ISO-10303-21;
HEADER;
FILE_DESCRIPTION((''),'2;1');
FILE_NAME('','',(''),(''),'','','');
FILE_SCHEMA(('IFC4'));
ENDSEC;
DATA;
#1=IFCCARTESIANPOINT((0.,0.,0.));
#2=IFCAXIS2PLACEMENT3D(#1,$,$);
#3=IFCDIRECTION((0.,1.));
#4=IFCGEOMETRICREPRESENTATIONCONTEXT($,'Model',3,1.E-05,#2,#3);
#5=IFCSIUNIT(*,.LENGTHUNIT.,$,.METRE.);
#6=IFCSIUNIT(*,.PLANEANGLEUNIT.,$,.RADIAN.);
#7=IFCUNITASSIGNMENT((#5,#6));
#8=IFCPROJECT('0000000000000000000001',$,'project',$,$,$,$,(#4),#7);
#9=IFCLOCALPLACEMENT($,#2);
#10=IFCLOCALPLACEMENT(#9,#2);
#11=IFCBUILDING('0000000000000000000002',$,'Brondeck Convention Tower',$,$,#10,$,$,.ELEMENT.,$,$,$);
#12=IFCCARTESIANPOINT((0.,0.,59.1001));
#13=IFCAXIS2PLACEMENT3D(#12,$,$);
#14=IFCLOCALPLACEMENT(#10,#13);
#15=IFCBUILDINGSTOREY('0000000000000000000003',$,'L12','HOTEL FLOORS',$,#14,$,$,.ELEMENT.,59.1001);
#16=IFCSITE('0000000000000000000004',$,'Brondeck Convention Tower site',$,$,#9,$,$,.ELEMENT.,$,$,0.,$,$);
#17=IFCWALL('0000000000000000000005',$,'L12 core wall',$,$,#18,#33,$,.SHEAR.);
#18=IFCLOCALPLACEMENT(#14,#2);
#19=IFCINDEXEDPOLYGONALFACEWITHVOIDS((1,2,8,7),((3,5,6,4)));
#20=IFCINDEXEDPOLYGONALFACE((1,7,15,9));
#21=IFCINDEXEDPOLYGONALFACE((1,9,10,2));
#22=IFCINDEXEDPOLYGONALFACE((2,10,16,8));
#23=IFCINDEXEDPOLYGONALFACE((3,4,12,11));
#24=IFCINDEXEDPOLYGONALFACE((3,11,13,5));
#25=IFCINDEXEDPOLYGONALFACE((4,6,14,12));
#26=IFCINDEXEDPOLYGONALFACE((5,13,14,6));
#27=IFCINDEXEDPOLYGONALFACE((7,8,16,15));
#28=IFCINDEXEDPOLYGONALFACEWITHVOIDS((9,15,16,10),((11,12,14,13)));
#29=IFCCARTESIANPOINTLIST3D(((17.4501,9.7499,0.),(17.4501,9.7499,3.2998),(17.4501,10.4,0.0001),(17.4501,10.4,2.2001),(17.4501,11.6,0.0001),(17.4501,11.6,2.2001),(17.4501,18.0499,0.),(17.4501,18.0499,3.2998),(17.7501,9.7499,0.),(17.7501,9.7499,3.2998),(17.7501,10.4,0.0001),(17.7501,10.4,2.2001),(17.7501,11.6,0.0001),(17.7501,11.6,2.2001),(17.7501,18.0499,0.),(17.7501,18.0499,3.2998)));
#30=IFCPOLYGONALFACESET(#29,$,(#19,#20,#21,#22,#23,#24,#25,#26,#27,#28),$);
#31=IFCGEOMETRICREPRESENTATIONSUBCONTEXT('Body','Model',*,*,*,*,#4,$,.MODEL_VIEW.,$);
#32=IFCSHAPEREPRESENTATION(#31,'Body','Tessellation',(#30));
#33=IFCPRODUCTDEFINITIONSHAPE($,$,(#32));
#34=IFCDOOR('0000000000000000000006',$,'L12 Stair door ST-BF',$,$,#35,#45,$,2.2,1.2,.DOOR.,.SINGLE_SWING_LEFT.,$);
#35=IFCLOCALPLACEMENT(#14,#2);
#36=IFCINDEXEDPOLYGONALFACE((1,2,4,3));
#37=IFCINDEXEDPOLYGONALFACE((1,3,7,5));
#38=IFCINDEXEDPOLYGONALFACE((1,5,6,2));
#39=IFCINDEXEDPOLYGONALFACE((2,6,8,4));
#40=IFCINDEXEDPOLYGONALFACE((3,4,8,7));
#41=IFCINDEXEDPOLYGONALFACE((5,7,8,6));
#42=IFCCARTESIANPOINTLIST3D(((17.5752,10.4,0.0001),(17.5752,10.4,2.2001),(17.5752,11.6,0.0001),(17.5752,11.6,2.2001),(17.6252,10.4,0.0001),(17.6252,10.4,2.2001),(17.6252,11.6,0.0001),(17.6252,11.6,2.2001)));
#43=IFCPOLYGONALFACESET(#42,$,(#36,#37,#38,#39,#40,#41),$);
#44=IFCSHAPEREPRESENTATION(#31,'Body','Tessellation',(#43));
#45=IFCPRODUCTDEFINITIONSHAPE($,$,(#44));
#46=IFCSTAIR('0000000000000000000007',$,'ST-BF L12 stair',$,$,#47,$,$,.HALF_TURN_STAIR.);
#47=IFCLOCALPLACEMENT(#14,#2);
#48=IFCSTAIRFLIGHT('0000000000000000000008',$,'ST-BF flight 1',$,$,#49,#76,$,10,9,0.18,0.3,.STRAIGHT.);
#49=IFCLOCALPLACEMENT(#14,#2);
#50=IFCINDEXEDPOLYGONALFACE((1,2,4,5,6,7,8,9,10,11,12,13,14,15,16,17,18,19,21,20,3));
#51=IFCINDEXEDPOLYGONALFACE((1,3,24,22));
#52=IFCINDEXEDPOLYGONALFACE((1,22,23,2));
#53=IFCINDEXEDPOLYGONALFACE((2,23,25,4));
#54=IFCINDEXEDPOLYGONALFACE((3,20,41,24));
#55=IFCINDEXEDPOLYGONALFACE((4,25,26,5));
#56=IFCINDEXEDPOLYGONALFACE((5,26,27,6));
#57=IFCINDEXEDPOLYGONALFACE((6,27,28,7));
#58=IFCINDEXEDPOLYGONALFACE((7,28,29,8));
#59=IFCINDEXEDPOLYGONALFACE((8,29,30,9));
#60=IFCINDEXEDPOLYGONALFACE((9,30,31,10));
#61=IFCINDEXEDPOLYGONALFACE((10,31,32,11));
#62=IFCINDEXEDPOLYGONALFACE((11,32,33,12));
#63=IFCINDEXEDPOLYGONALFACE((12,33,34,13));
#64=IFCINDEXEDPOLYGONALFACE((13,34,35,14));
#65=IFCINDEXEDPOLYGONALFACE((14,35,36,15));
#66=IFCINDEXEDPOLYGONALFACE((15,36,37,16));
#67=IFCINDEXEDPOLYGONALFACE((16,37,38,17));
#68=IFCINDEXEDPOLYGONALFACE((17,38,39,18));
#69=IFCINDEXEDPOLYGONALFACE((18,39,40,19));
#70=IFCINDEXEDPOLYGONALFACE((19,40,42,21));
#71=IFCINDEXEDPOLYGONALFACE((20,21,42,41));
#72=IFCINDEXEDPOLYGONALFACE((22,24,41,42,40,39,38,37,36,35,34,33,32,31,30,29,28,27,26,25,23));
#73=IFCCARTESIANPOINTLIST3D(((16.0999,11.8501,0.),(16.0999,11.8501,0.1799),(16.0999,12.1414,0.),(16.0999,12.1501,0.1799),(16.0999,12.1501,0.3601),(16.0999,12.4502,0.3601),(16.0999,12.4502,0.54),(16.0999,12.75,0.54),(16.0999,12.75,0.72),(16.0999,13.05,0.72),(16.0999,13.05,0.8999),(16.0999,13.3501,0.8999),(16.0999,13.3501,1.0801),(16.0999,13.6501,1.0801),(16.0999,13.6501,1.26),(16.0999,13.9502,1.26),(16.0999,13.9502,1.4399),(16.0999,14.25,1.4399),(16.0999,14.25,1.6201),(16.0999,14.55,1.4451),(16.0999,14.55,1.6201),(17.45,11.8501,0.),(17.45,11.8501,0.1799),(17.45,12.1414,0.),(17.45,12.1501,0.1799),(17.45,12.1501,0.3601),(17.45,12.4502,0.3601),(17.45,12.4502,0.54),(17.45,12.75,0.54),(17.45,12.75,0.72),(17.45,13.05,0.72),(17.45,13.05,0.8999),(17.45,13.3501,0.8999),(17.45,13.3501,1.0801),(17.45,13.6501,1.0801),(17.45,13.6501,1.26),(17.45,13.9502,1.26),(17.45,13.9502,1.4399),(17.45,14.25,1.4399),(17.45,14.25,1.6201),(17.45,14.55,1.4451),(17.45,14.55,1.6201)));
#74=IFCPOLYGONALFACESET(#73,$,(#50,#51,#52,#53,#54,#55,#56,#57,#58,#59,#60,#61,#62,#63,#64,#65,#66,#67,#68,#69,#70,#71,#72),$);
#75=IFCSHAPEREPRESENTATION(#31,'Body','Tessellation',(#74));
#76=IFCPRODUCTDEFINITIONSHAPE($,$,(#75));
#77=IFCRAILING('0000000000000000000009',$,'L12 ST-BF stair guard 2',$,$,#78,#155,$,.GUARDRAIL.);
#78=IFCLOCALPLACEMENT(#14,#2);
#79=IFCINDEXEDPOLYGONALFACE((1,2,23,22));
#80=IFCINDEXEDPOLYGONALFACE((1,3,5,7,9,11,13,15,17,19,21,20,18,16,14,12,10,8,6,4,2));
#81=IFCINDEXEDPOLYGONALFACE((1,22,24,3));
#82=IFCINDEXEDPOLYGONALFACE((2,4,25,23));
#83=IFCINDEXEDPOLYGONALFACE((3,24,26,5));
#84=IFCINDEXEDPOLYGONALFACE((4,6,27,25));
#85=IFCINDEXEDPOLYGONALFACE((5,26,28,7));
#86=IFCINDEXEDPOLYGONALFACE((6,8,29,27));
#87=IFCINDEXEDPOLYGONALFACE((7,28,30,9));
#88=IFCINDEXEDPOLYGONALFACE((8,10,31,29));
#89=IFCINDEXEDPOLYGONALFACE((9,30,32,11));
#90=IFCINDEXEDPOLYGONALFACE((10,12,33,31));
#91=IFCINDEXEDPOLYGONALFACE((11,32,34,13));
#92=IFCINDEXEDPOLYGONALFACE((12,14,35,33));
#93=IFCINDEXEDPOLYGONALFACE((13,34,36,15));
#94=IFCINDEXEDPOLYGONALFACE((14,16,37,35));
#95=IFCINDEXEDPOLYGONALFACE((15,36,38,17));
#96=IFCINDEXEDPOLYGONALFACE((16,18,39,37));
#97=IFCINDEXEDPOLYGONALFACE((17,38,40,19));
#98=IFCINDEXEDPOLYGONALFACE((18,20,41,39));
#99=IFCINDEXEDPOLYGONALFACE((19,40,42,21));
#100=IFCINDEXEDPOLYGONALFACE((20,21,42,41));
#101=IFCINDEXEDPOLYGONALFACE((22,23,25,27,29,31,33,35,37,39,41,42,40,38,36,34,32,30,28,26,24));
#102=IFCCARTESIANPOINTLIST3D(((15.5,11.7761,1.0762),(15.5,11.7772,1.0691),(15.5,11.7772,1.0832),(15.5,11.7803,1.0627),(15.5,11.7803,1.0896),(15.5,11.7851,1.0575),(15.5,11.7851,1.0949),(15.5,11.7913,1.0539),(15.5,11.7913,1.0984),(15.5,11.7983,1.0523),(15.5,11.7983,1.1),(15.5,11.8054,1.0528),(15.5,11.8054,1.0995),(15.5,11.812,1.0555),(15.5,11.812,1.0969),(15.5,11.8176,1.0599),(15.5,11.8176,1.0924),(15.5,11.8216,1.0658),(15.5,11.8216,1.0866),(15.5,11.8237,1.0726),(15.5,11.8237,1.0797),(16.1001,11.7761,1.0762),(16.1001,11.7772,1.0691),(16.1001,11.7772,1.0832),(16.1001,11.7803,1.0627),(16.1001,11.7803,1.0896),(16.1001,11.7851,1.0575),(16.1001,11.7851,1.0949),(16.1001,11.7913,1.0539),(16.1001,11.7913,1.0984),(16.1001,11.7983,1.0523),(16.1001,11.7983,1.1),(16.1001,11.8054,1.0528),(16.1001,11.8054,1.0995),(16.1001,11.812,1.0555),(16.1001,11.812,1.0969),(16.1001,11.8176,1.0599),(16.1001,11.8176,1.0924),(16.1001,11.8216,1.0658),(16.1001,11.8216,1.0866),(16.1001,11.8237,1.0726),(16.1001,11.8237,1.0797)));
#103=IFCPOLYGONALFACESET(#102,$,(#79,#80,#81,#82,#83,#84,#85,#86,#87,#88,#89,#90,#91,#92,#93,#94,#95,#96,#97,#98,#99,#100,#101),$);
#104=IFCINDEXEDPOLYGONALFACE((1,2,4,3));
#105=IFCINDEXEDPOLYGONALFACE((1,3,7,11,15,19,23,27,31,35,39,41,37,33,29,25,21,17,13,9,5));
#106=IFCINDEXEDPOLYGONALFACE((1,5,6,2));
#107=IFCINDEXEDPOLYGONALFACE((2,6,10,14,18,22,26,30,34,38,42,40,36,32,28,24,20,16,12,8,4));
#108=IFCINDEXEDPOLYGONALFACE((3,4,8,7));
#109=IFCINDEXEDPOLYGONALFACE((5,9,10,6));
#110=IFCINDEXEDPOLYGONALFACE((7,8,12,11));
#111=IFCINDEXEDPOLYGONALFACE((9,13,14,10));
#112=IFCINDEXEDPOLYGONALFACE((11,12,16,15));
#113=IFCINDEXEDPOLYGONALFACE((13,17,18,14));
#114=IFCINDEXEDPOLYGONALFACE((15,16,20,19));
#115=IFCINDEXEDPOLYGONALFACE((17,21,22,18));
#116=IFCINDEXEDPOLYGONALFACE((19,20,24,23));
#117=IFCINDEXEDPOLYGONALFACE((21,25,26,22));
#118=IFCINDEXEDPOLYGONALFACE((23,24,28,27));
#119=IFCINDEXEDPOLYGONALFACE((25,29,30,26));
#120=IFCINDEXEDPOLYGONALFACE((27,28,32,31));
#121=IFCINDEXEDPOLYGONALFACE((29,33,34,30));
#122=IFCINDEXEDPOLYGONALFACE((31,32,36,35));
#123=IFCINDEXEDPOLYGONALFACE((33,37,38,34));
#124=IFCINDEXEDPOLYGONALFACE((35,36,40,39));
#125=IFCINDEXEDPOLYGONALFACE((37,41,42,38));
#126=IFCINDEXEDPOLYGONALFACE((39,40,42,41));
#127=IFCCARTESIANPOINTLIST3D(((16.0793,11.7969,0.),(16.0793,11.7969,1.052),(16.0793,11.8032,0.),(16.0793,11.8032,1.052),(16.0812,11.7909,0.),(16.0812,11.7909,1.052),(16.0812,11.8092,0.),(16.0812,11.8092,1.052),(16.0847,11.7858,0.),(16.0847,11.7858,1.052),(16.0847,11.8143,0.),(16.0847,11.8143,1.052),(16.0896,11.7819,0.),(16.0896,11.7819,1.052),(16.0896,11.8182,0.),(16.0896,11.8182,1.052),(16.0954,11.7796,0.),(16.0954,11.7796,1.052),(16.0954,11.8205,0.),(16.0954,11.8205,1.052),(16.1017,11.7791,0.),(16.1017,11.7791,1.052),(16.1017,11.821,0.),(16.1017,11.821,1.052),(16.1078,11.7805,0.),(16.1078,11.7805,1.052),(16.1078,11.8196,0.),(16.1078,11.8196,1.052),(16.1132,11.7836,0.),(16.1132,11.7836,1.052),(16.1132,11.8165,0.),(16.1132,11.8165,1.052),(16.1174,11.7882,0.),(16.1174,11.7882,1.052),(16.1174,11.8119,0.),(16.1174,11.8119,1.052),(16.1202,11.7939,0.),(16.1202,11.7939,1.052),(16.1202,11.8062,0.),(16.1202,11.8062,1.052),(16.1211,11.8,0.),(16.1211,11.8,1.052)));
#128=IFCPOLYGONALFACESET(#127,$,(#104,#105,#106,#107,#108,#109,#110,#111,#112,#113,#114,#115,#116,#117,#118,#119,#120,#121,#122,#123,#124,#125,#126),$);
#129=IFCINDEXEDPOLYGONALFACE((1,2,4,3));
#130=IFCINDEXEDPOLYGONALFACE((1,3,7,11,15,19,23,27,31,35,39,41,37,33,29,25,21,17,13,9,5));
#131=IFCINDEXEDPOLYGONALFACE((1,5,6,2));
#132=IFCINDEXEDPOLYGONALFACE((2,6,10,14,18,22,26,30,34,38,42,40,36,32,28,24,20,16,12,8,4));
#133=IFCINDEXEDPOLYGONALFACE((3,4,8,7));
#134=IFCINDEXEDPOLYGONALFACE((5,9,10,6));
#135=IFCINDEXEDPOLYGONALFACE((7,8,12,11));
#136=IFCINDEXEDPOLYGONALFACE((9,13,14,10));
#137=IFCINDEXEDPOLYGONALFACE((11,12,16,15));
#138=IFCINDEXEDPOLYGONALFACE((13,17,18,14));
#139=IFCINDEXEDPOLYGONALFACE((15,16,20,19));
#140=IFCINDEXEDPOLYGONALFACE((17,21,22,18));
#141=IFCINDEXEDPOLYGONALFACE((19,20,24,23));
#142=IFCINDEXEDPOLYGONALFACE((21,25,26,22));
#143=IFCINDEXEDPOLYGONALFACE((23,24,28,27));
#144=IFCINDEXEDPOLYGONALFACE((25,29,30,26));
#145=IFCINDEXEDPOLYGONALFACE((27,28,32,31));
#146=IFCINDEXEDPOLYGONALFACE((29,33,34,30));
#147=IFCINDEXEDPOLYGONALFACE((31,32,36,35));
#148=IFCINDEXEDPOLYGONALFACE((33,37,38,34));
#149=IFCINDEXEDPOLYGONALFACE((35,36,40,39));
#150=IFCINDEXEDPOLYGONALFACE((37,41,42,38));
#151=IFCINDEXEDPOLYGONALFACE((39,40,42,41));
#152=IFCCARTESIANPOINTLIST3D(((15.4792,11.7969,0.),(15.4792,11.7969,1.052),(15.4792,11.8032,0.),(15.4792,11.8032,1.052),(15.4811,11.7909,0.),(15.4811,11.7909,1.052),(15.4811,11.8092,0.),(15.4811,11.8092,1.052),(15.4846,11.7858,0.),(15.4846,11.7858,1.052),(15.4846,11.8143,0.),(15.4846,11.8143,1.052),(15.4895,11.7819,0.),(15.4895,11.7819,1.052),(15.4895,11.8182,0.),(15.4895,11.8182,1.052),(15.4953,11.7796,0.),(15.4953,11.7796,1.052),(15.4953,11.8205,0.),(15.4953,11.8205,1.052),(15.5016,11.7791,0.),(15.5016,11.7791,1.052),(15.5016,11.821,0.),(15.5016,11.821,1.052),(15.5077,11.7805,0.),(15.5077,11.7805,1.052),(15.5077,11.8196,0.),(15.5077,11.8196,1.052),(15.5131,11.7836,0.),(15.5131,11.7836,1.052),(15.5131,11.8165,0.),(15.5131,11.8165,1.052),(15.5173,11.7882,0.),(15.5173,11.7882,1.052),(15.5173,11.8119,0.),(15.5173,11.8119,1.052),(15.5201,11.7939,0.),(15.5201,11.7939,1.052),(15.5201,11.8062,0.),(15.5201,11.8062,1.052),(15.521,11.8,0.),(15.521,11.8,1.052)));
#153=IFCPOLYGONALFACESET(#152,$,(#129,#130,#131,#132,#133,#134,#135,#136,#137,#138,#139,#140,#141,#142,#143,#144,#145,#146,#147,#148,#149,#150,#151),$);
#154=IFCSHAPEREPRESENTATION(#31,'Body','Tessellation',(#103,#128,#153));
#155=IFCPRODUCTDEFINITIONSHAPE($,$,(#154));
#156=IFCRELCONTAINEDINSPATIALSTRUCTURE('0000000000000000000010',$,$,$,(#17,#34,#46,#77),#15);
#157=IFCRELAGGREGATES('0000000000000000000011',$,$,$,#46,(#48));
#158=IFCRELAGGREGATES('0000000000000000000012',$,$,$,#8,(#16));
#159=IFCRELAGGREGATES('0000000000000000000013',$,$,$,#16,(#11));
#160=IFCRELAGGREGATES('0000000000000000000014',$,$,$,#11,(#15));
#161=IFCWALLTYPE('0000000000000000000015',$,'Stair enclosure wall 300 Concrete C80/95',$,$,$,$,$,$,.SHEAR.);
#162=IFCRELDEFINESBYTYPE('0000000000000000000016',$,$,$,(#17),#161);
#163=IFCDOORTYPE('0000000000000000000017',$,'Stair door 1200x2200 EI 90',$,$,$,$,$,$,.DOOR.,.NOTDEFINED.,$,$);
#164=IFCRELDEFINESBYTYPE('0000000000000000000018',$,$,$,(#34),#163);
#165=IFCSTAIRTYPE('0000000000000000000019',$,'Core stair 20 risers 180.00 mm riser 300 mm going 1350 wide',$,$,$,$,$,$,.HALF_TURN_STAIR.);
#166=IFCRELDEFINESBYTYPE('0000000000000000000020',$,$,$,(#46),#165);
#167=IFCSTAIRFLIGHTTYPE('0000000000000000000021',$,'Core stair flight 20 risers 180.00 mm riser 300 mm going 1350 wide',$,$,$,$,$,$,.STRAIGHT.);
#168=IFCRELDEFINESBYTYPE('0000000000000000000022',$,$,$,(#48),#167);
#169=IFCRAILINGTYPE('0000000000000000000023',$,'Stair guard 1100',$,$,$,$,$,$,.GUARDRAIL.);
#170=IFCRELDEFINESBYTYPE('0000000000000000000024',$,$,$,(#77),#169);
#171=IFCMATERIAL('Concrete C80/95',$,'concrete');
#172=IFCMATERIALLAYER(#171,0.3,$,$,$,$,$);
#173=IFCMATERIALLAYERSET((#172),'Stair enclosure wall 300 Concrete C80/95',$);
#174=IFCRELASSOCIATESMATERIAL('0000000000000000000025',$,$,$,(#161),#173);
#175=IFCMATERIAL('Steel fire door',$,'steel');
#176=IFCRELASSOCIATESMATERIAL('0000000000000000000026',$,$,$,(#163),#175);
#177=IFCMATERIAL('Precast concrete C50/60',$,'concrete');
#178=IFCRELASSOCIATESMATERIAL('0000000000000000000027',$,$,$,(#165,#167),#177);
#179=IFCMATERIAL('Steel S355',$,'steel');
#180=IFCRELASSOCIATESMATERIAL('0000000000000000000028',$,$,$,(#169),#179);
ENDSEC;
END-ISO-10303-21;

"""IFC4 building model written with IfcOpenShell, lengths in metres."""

from ifc_helpers import new_model, si_unit, direction, frame, frame_2d, origin, origin_2d, place, context, subcontext, project, spatial, polyline, rectangle, circle, outline, extrude, material, layer, layer_set, type_object, element, fill, aggregate, save


model = new_model("IFC4")

# Units and contexts
model_context = context("Model", 3, precision=1e-05, world=origin(), true_north=direction((0.0, 1.0)))
body_context = subcontext(model_context, "Body", "Model", "MODEL_VIEW")
ifc_project = project(units=[si_unit("LENGTHUNIT", "METRE"), si_unit("PLANEANGLEUNIT", "RADIAN")], contexts=[model_context])

# Site, building, storey
site_placement = place(None, origin())
site = spatial("IfcSite", under=ifc_project, at=site_placement, Name="Brondeck Convention Tower site", CompositionType="ELEMENT", RefElevation=0.0)
building_placement = place(site_placement, origin())
building = spatial("IfcBuilding", under=site, at=building_placement, Name="Brondeck Convention Tower", CompositionType="ELEMENT")
storey_placement = place(building_placement, frame((0.0, 0.0, 59.1001)))
storey = spatial("IfcBuildingStorey", under=building, at=storey_placement, Name="L12", Description="HOTEL FLOORS", CompositionType="ELEMENT", Elevation=59.1001)

# Shared definitions
ifc_material_1 = material(Name="Concrete C80/95", Category="concrete")

# Shared definitions
ifc_material_2 = material(Name="Steel S355", Category="steel")

# Shared definitions
ifc_layer_1 = layer(ifc_material_1, 0.3)
ifc_layer_set_1 = layer_set([ifc_layer_1], Name="Stair enclosure wall 300 Concrete C80/95")
wall_type_1 = type_object("IfcWallType", Name="Stair enclosure wall 300 Concrete C80/95", PredefinedType="SHEAR", material=ifc_layer_set_1)

# Wall, opening, door
wall_1_placement = place(storey_placement, frame((17.6001, 9.75, 0.0), z_axis=(0.0, 0.0, 1.0), x_axis=(0.0, 1.0, 0.0)))
wall_1 = element("IfcWall", 1, at=wall_1_placement, inside=storey, type_object=wall_type_1, Name="L12 core wall", PredefinedType="SHEAR", context=body_context, shape_type="SweptSolid", body=[
    extrude(rectangle(XDim=8.3, YDim=0.3, at=frame_2d((4.1499, 0.0))), origin(), (0.0, 0.0, 1.0), 3.2998),
])
opening_1_placement = place(wall_1_placement, frame((0.6499, 0.0, 0.0)))
opening_1 = element("IfcOpeningElement", 2, at=opening_1_placement, cuts=wall_1, PredefinedType="OPENING", context=body_context, shape_type="SweptSolid", body=[
    extrude(rectangle(XDim=1.2, YDim=2.2, at=frame_2d((0.6001, 1.1001))), frame((0.0, 0.1599, 0.0), z_axis=(0.0, -1.0, 0.0), x_axis=(1.0, 0.0, 0.0)), (0.0, 0.0, 1.0), 0.3201),
])
ifc_material_3 = material(Name="Steel fire door", Category="steel")
door_type_1 = type_object("IfcDoorType", Name="Stair door 1200x2200 EI 90", OperationType="NOTDEFINED", PredefinedType="DOOR", material=ifc_material_3)
door_1_placement = place(opening_1_placement, origin())
door_1 = element("IfcDoor", 3, at=door_1_placement, inside=storey, type_object=door_type_1, Name="L12 Stair door ST-BF", OperationType="SINGLE_SWING_LEFT", OverallHeight=2.2, OverallWidth=1.2, PredefinedType="DOOR", context=body_context, shape_type="SweptSolid", body=[
    extrude(rectangle(XDim=1.2, YDim=2.2, at=frame_2d((0.6001, 1.1001))), frame((0.0, 0.0249, 0.0), z_axis=(0.0, -1.0, 0.0), x_axis=(1.0, 0.0, 0.0)), (0.0, 0.0, 1.0), 0.05),
])
fill(opening_1, door_1)

# Stair, stair flight
ifc_material_4 = material(Name="Precast concrete C50/60", Category="concrete")
stair_type = type_object("IfcStairType", Name="Core stair 20 risers 180.00 mm riser 300 mm going 1350 wide", PredefinedType="HALF_TURN_STAIR", material=ifc_material_4)
stair_placement = place(storey_placement, origin())
stair = element("IfcStair", 4, at=stair_placement, inside=storey, type_object=stair_type, Name="ST-BF L12 stair", PredefinedType="HALF_TURN_STAIR")
stair_flight_type = type_object("IfcStairFlightType", Name="Core stair flight 20 risers 180.00 mm riser 300 mm going 1350 wide", PredefinedType="STRAIGHT", material=ifc_material_4)
stair_flight_placement = place(storey_placement, frame((16.7749, 11.8501, 0.0), z_axis=(0.0, 0.0, 1.0), x_axis=(0.0, 1.0, 0.0)))
stair_flight = element("IfcStairFlight", 5, at=stair_flight_placement, type_object=stair_flight_type, Name="ST-BF flight 1", NumberOfRisers=10, NumberOfTreads=9, PredefinedType="STRAIGHT", RiserHeight=0.18, TreadLength=0.3, context=body_context, shape_type="SweptSolid", body=[
    extrude(outline(polyline([(0.0, 0.0), (0.0, 0.1799), (0.3, 0.1799), (0.3, 0.3601), (0.6001, 0.3601), (0.6001, 0.54), (0.8999, 0.54), (0.8999, 0.72), (1.2, 0.72), (1.2, 0.8999), (1.5, 0.8999), (1.5, 1.0801), (1.8, 1.0801), (1.8, 1.26), (2.1001, 1.26), (2.1001, 1.4399), (2.3999, 1.4399), (2.3999, 1.6201), (2.7, 1.6201), (2.7, 1.8), (2.7, 1.4451), (0.2913, 0.0), (0.0, 0.0)])), frame((0.0, 0.675, 0.0), z_axis=(0.0, -1.0, 0.0), x_axis=(1.0, 0.0, 0.0)), (0.0, 0.0, 1.0), 1.3501),
])
aggregate(stair, [stair_flight])

# Railing
railing_type_1 = type_object("IfcRailingType", Name="Stair guard 1100", PredefinedType="GUARDRAIL", material=ifc_material_2)
railing_1_placement = place(storey_placement, frame((16.1001, 11.8, 0.0)))
element("IfcRailing", 6, at=railing_1_placement, inside=storey, type_object=railing_type_1, Name="L12 ST-BF stair guard 2", PredefinedType="GUARDRAIL", context=body_context, shape_type="SweptSolid", body=[
    extrude(circle(Radius=0.0239, at=origin_2d()), frame((0.0, 0.0, 1.0762), z_axis=(-1.0, 0.0, 0.0), x_axis=(0.0, -1.0, 0.0)), (0.0, 0.0, 1.0), 0.6001),
    extrude(circle(Radius=0.021, at=origin_2d()), origin(), (0.0, 0.0, 1.0), 1.052),
    extrude(circle(Radius=0.021, at=origin_2d()), frame((-0.6001, 0.0, 0.0)), (0.0, 0.0, 1.0), 1.052),
])

save(model, "model.ifc")
